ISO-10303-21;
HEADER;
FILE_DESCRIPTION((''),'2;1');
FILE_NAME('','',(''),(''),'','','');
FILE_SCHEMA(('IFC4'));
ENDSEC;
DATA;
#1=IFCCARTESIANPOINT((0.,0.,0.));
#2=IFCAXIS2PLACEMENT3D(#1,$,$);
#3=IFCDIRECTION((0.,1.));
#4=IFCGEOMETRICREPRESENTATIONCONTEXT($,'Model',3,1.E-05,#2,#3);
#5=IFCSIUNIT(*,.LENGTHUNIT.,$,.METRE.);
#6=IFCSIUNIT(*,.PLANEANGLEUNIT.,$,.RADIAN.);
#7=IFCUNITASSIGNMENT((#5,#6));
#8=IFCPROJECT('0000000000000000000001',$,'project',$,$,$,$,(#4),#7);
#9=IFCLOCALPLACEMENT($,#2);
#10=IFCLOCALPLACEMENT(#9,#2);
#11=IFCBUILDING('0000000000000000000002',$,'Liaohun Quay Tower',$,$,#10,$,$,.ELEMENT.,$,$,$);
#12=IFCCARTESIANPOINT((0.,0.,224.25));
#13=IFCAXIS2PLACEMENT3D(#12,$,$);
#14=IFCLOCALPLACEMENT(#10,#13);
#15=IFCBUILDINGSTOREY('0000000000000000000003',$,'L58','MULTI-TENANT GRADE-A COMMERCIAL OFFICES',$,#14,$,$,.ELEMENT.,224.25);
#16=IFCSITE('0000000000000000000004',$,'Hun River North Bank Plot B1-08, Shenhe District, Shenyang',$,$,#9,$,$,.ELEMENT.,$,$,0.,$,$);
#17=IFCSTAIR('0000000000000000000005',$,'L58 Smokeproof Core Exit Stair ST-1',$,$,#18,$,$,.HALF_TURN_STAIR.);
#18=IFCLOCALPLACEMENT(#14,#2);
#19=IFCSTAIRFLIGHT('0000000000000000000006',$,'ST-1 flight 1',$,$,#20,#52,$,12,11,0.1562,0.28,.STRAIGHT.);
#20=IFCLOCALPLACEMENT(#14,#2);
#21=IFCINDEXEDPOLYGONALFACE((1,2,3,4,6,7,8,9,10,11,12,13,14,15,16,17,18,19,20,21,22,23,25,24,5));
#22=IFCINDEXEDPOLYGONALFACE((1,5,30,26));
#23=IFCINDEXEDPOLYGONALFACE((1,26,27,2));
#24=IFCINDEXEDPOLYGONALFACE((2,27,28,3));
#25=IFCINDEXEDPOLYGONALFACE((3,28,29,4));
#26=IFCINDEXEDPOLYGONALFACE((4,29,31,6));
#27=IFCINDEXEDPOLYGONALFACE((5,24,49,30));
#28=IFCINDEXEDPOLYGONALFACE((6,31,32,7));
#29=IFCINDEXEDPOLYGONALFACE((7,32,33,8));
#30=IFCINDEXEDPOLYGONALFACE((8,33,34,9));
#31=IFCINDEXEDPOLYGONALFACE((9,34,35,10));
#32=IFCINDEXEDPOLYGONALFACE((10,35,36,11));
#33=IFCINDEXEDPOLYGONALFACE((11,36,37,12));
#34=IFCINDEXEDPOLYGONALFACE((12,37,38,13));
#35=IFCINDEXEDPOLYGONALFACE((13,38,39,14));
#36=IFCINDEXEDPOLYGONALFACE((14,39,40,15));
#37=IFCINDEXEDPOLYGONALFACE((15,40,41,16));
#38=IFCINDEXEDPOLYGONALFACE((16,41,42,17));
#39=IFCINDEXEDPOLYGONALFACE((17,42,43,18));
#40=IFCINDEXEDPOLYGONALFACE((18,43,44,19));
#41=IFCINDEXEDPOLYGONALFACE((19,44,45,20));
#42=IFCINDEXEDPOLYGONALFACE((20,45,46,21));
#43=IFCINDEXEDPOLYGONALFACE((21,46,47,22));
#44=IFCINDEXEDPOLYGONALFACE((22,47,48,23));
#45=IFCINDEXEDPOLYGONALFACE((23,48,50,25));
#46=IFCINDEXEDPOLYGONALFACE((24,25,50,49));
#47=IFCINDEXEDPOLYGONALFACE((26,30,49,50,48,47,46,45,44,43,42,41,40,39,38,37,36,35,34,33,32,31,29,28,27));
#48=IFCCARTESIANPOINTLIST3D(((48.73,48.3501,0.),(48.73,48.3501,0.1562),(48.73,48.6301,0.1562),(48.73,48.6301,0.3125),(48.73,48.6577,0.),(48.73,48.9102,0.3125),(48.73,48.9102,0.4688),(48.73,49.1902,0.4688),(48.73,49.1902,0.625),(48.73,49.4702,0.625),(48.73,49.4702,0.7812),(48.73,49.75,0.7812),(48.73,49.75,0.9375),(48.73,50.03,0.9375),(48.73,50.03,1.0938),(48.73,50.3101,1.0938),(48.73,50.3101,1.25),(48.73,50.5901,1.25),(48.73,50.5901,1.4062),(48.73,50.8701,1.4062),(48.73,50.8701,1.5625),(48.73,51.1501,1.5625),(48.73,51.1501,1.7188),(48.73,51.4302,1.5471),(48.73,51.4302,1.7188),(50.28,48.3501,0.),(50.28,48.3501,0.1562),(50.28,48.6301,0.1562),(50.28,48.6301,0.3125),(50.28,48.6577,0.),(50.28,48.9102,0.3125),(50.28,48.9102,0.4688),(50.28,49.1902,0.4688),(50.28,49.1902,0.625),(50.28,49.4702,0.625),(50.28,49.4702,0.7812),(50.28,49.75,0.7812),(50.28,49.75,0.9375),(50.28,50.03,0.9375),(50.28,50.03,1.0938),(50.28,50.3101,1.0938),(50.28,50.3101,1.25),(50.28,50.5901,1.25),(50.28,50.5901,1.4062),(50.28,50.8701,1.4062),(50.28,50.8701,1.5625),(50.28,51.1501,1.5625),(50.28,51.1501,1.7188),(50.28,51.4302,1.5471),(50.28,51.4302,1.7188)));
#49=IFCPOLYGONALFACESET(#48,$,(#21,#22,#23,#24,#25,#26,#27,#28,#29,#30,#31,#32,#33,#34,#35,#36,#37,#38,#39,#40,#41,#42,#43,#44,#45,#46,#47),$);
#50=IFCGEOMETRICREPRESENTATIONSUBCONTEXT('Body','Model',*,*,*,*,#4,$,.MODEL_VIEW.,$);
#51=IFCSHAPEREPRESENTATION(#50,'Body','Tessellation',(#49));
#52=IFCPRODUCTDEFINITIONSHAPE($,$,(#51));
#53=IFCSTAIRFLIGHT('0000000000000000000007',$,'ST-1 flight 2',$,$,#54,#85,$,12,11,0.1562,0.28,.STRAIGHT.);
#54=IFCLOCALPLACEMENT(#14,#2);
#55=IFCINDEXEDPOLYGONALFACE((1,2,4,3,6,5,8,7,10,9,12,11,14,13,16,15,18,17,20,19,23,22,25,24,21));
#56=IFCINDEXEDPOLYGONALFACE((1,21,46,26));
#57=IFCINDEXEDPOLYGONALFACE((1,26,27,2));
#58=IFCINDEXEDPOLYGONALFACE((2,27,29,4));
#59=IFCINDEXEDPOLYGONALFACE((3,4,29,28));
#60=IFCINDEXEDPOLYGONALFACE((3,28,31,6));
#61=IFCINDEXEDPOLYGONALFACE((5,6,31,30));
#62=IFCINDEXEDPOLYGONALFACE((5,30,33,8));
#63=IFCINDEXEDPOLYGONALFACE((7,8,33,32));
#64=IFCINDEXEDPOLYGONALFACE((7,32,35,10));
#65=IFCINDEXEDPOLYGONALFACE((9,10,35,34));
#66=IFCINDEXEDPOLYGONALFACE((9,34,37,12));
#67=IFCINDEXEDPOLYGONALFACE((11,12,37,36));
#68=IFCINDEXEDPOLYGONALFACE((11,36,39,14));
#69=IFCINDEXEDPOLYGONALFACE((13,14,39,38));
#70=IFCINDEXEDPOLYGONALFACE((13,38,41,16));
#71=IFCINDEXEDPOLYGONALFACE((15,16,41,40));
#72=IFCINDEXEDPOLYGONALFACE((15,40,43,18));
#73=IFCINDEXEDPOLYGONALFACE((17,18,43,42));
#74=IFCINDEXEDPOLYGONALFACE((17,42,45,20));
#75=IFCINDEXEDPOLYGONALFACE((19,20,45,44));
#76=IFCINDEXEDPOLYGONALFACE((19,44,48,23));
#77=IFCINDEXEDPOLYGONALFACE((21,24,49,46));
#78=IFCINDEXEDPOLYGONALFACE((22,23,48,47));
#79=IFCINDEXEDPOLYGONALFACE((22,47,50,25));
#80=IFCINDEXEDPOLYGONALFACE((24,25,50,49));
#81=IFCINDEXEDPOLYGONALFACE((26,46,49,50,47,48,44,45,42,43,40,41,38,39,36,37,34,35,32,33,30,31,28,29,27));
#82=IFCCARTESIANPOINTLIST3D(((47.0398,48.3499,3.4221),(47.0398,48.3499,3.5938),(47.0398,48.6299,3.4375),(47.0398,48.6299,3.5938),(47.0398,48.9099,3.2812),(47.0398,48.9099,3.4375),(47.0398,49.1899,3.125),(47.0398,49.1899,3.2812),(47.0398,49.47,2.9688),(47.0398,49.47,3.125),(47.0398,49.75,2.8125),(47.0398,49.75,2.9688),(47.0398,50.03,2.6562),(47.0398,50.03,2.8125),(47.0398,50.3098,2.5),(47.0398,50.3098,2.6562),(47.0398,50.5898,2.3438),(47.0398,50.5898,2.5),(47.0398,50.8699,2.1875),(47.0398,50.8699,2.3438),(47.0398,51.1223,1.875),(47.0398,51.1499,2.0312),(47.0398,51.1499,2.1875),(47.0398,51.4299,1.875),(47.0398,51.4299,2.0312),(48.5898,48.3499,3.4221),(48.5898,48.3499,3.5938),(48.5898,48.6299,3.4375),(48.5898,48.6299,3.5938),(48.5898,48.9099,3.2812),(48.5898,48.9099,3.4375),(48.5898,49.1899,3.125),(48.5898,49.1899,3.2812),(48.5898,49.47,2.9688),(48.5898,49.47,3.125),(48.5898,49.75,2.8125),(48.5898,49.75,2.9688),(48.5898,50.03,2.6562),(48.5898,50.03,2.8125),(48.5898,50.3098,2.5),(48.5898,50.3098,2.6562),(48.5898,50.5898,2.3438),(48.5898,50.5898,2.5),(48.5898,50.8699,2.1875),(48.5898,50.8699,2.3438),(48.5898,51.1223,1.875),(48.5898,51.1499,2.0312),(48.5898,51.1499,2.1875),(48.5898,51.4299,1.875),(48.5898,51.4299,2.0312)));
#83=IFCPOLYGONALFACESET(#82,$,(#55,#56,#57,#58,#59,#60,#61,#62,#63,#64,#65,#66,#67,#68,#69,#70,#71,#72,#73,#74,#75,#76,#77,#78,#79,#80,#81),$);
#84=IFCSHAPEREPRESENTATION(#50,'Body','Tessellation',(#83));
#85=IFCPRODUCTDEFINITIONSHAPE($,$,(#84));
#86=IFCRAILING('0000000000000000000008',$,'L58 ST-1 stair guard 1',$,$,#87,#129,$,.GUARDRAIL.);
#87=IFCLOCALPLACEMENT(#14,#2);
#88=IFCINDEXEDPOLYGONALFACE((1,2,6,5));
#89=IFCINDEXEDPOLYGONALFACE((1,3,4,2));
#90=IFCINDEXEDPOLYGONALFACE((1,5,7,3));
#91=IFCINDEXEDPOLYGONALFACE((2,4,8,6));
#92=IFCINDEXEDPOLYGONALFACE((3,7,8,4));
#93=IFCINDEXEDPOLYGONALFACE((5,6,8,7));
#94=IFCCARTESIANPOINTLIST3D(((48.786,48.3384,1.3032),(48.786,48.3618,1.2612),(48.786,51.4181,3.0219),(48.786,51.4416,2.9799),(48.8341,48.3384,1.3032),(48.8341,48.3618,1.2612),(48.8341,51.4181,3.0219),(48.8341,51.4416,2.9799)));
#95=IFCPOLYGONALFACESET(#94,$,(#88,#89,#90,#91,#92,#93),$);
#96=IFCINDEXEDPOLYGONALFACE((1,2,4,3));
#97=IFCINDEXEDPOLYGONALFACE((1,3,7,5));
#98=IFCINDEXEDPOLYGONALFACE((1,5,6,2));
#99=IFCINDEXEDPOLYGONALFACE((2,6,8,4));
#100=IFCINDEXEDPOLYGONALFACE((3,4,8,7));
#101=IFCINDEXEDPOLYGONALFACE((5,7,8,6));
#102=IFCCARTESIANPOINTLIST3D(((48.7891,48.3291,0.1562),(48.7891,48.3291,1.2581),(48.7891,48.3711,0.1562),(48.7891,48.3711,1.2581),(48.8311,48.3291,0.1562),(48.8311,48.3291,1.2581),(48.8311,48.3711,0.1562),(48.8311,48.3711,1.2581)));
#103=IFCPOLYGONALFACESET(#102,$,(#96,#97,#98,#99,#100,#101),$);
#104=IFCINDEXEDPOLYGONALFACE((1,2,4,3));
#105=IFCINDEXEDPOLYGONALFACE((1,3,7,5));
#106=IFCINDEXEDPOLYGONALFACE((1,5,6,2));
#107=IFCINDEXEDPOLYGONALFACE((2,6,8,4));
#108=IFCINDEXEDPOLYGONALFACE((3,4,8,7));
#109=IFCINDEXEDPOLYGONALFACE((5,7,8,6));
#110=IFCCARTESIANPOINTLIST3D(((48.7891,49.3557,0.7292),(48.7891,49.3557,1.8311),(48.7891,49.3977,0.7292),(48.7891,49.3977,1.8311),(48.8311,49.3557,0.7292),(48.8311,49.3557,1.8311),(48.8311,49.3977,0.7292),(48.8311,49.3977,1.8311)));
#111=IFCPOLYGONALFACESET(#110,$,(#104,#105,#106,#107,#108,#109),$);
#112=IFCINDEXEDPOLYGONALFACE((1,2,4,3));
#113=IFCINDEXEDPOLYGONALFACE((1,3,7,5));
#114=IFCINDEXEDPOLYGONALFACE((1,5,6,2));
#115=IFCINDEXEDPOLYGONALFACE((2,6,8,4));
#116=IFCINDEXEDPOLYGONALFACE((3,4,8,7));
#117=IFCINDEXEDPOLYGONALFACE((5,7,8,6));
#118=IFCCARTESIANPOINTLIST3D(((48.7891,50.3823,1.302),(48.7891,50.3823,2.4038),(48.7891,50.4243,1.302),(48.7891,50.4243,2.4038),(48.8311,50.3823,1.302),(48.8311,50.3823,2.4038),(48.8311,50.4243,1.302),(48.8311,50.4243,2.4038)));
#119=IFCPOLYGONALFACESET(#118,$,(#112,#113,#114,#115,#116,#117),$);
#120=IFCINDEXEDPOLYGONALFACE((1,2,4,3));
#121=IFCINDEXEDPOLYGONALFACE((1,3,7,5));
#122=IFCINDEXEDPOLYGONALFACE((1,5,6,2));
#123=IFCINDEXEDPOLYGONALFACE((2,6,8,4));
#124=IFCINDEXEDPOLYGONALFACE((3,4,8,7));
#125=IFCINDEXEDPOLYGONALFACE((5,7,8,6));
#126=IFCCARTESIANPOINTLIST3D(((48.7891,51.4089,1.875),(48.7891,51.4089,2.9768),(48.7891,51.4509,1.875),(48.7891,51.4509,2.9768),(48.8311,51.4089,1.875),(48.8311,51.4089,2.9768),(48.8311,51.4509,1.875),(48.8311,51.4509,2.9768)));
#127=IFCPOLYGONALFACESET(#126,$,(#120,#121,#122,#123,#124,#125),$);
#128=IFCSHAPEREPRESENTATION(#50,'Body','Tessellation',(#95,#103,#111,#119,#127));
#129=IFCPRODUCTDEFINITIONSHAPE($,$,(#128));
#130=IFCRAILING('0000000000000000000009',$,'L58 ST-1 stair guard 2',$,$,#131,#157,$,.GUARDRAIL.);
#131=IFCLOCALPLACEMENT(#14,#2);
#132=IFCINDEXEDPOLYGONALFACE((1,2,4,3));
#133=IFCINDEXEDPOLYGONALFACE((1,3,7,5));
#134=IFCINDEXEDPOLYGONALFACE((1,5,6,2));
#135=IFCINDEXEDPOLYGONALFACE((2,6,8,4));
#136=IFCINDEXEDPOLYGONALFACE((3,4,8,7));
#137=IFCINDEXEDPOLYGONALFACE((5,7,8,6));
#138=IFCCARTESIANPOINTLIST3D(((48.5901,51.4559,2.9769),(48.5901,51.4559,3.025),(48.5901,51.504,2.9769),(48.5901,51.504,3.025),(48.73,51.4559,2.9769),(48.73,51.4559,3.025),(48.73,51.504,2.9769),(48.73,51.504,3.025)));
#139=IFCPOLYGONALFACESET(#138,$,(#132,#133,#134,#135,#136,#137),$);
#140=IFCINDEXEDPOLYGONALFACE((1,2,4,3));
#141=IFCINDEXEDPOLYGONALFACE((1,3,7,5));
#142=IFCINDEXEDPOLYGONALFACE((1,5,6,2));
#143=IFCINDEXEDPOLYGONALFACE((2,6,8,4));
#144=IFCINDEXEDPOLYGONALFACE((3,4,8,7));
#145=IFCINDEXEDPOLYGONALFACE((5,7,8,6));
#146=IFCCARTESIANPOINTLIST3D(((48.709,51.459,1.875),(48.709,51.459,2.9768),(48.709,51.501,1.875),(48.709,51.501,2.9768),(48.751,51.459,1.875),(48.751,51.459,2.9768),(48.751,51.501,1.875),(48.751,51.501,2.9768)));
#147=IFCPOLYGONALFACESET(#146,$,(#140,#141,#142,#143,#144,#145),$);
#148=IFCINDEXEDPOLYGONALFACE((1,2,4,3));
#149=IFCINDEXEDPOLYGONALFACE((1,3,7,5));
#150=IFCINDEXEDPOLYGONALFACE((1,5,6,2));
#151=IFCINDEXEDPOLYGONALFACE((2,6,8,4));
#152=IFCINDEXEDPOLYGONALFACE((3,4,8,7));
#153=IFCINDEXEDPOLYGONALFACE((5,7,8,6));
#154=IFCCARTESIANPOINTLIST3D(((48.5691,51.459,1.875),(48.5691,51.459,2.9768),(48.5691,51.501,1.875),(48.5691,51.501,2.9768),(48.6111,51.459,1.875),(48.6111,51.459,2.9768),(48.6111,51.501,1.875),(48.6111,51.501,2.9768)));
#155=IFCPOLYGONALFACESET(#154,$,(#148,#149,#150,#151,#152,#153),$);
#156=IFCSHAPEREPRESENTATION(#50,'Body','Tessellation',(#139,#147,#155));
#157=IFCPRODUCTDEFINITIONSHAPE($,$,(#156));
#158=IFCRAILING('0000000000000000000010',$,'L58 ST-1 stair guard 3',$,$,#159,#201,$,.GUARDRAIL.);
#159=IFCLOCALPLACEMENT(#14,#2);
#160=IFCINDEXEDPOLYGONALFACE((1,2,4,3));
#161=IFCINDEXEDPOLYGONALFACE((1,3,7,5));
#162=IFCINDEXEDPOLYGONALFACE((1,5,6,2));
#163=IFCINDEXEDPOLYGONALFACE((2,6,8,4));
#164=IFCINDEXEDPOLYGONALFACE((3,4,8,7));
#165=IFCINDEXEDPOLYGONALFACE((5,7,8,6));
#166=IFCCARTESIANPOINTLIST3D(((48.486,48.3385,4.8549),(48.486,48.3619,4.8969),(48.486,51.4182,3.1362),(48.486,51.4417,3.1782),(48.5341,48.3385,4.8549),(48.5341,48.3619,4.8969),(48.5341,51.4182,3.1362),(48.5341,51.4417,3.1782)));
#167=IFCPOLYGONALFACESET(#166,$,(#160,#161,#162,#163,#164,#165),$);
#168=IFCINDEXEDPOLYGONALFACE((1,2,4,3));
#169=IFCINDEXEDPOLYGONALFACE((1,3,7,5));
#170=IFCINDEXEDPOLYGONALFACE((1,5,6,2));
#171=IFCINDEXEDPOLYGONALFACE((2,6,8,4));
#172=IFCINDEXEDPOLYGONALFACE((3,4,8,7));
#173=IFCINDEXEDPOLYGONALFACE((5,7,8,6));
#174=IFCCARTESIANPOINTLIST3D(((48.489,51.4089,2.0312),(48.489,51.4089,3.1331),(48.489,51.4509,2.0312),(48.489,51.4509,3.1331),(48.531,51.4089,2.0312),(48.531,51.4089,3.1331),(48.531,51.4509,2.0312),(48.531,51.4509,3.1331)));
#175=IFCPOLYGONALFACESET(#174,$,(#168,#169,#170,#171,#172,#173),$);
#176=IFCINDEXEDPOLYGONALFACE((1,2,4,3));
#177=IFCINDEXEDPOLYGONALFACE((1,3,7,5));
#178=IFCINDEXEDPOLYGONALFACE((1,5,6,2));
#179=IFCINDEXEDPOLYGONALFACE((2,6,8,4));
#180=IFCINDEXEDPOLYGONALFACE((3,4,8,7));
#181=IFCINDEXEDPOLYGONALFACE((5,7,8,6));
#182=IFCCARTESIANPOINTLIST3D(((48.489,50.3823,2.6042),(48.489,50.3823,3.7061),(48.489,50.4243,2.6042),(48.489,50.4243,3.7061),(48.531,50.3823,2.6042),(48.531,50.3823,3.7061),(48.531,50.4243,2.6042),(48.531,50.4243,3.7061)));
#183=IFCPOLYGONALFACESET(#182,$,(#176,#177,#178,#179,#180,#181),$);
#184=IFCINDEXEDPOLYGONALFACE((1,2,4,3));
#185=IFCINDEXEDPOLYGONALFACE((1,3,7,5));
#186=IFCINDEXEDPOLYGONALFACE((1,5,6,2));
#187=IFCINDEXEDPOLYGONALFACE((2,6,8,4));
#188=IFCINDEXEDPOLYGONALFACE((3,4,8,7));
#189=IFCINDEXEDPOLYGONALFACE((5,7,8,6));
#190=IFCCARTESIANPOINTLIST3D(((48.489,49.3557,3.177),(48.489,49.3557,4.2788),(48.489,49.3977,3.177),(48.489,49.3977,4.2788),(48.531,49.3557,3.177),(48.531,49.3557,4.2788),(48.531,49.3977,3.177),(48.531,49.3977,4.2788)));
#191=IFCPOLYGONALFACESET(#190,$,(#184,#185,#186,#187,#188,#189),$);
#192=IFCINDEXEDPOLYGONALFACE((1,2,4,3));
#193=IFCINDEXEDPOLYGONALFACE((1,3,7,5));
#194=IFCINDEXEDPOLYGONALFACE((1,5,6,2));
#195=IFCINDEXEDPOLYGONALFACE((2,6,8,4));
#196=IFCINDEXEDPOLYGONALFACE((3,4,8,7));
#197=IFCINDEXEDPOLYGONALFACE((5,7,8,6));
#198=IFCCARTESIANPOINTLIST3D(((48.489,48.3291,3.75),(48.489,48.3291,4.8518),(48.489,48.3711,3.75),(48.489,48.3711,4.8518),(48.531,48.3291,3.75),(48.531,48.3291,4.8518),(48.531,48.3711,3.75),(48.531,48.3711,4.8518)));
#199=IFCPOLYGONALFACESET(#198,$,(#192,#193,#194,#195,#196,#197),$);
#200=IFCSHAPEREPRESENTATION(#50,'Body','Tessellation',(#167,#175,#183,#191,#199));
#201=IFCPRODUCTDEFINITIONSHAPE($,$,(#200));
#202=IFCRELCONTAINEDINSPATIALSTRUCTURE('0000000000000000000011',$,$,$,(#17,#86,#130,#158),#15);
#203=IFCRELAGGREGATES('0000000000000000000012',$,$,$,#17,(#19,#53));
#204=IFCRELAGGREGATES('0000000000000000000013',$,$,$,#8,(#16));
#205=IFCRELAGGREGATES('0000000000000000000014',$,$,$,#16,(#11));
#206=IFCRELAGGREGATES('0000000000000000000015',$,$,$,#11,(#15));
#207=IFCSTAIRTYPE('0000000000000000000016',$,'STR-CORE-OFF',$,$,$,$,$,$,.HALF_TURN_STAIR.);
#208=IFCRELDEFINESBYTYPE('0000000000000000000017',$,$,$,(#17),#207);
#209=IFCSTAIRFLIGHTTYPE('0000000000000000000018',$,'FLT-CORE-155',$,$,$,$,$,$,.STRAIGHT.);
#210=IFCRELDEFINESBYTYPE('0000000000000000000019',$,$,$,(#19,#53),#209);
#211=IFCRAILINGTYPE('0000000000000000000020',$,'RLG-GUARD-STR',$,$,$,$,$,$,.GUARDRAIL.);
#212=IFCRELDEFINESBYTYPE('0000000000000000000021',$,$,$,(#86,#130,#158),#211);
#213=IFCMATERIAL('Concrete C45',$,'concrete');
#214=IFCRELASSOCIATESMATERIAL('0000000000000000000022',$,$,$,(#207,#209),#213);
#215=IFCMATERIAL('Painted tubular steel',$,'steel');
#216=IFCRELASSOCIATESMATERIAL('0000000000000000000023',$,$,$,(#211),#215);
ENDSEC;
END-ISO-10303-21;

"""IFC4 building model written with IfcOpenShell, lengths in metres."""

from ifc_helpers import new_model, si_unit, direction, frame, origin, origin_2d, place, context, subcontext, project, spatial, polyline, rectangle, outline, extrude, material, type_object, element, aggregate, save


model = new_model("IFC4")

# Units and contexts
model_context = context("Model", 3, precision=1e-05, world=origin(), true_north=direction((0.0, 1.0)))
body_context = subcontext(model_context, "Body", "Model", "MODEL_VIEW")
ifc_project = project(units=[si_unit("LENGTHUNIT", "METRE"), si_unit("PLANEANGLEUNIT", "RADIAN")], contexts=[model_context])

# Site, building, storey
site_placement = place(None, origin())
site = spatial("IfcSite", under=ifc_project, at=site_placement, Name="Hun River North Bank Plot B1-08, Shenhe District, Shenyang", CompositionType="ELEMENT", RefElevation=0.0)
building_placement = place(site_placement, origin())
building = spatial("IfcBuilding", under=site, at=building_placement, Name="Liaohun Quay Tower", CompositionType="ELEMENT")
storey_placement = place(building_placement, frame((0.0, 0.0, 224.25)))
storey = spatial("IfcBuildingStorey", under=building, at=storey_placement, Name="L58", Description="MULTI-TENANT GRADE-A COMMERCIAL OFFICES", CompositionType="ELEMENT", Elevation=224.25)

# Stair
ifc_material_1 = material(Name="Concrete C45", Category="concrete")
stair_type = type_object("IfcStairType", Name="STR-CORE-OFF", PredefinedType="HALF_TURN_STAIR", material=ifc_material_1)
stair_1_placement = place(storey_placement, origin())
stair_1 = element("IfcStair", 1, at=stair_1_placement, inside=storey, type_object=stair_type, Name="L58 Smokeproof Core Exit Stair ST-1", PredefinedType="HALF_TURN_STAIR")

# Stair flights
stair_flight_type = type_object("IfcStairFlightType", Name="FLT-CORE-155", PredefinedType="STRAIGHT", material=ifc_material_1)
stair_flight_1_placement = place(storey_placement, frame((49.5049, 48.3501, 0.0), z_axis=(0.0, 0.0, 1.0), x_axis=(0.0, 1.0, 0.0)))
stair_flight_1 = element("IfcStairFlight", 2, at=stair_flight_1_placement, type_object=stair_flight_type, Name="ST-1 flight 1", NumberOfRisers=12, NumberOfTreads=11, PredefinedType="STRAIGHT", RiserHeight=0.1562, TreadLength=0.28, context=body_context, shape_type="SweptSolid", body=[
    extrude(outline(polyline([(0.0, 0.0), (0.0, 0.1562), (0.28, 0.1562), (0.28, 0.3125), (0.5601, 0.3125), (0.5601, 0.4688), (0.8401, 0.4688), (0.8401, 0.625), (1.1201, 0.625), (1.1201, 0.7812), (1.3999, 0.7812), (1.3999, 0.9375), (1.6799, 0.9375), (1.6799, 1.0938), (1.96, 1.0938), (1.96, 1.25), (2.24, 1.25), (2.24, 1.4062), (2.52, 1.4062), (2.52, 1.5625), (2.8, 1.5625), (2.8, 1.7188), (3.0801, 1.7188), (3.0801, 1.875), (3.0801, 1.5471), (0.3076, 0.0), (0.0, 0.0)])), frame((0.0, 0.7749, 0.0), z_axis=(0.0, -1.0, 0.0), x_axis=(1.0, 0.0, 0.0)), (0.0, 0.0, 1.0), 1.55),
])
stair_flight_2_placement = place(storey_placement, frame((47.8149, 51.4299, 1.875), z_axis=(0.0, 0.0, 1.0), x_axis=(0.0, -1.0, 0.0)))
stair_flight_2 = element("IfcStairFlight", 3, at=stair_flight_2_placement, type_object=stair_flight_type, Name="ST-1 flight 2", NumberOfRisers=12, NumberOfTreads=11, PredefinedType="STRAIGHT", RiserHeight=0.1562, TreadLength=0.28, context=body_context, shape_type="SweptSolid", body=[
    extrude(outline(polyline([(0.0, 0.0), (0.0, 0.1562), (0.28, 0.1562), (0.28, 0.3125), (0.5601, 0.3125), (0.5601, 0.4688), (0.8401, 0.4688), (0.8401, 0.625), (1.1201, 0.625), (1.1201, 0.7812), (1.3999, 0.7812), (1.3999, 0.9375), (1.6799, 0.9375), (1.6799, 1.0938), (1.96, 1.0938), (1.96, 1.25), (2.24, 1.25), (2.24, 1.4062), (2.52, 1.4062), (2.52, 1.5625), (2.8, 1.5625), (2.8, 1.7188), (3.0801, 1.7188), (3.0801, 1.875), (3.0801, 1.5471), (0.3076, 0.0), (0.0, 0.0)])), frame((0.0, 0.7749, 0.0), z_axis=(0.0, -1.0, 0.0), x_axis=(1.0, 0.0, 0.0)), (0.0, 0.0, 1.0), 1.55),
])
aggregate(stair_1, [stair_flight_1, stair_flight_2])

# Railings
ifc_material_2 = material(Name="Painted tubular steel", Category="steel")
railing_type_1 = type_object("IfcRailingType", Name="RLG-GUARD-STR", PredefinedType="GUARDRAIL", material=ifc_material_2)
railing_1_placement = place(storey_placement, frame((48.8101, 48.3501, 0.1562)))
element("IfcRailing", 4, at=railing_1_placement, inside=storey, type_object=railing_type_1, Name="L58 ST-1 stair guard 1", PredefinedType="GUARDRAIL", context=body_context, shape_type="SweptSolid", body=[
    extrude(rectangle(XDim=0.0481, YDim=0.0481, at=origin_2d()), frame((0.0, 0.0, 1.126), z_axis=(0.0, 0.873225, 0.487317), x_axis=(-1.0, 0.0, 0.0)), (0.0, 0.0, 1.0), 3.5269),
    extrude(rectangle(XDim=0.042, YDim=0.042, at=origin_2d()), origin(), (0.0, 0.0, 1.0), 1.1018),
    extrude(rectangle(XDim=0.042, YDim=0.042, at=origin_2d()), frame((0.0, 1.0266, 0.573)), (0.0, 0.0, 1.0), 1.1018),
    extrude(rectangle(XDim=0.042, YDim=0.042, at=origin_2d()), frame((0.0, 2.0532, 1.1458)), (0.0, 0.0, 1.0), 1.1018),
    extrude(rectangle(XDim=0.042, YDim=0.042, at=origin_2d()), frame((0.0, 3.0798, 1.7188)), (0.0, 0.0, 1.0), 1.1018),
])
railing_2_placement = place(storey_placement, frame((48.73, 51.48, 1.875)))
element("IfcRailing", 5, at=railing_2_placement, inside=storey, type_object=railing_type_1, Name="L58 ST-1 stair guard 2", PredefinedType="GUARDRAIL", context=body_context, shape_type="SweptSolid", body=[
    extrude(rectangle(XDim=0.0481, YDim=0.0481, at=origin_2d()), frame((0.0, 0.0, 1.126), z_axis=(-1.0, 0.0, 0.0), x_axis=(0.0, -1.0, 0.0)), (0.0, 0.0, 1.0), 0.1399),
    extrude(rectangle(XDim=0.042, YDim=0.042, at=origin_2d()), origin(), (0.0, 0.0, 1.0), 1.1018),
    extrude(rectangle(XDim=0.042, YDim=0.042, at=origin_2d()), frame((-0.1399, 0.0, 0.0)), (0.0, 0.0, 1.0), 1.1018),
])
railing_3_placement = place(storey_placement, frame((48.51, 51.4299, 2.0312)))
element("IfcRailing", 6, at=railing_3_placement, inside=storey, type_object=railing_type_1, Name="L58 ST-1 stair guard 3", PredefinedType="GUARDRAIL", context=body_context, shape_type="SweptSolid", body=[
    extrude(rectangle(XDim=0.0481, YDim=0.0481, at=origin_2d()), frame((0.0, 0.0, 1.126), z_axis=(0.0, -0.873225, 0.487317), x_axis=(1.0, 0.0, 0.0)), (0.0, 0.0, 1.0), 3.5269),
    extrude(rectangle(XDim=0.042, YDim=0.042, at=origin_2d()), origin(), (0.0, 0.0, 1.0), 1.1018),
    extrude(rectangle(XDim=0.042, YDim=0.042, at=origin_2d()), frame((0.0, -1.0266, 0.573)), (0.0, 0.0, 1.0), 1.1018),
    extrude(rectangle(XDim=0.042, YDim=0.042, at=origin_2d()), frame((0.0, -2.0532, 1.1458)), (0.0, 0.0, 1.0), 1.1018),
    extrude(rectangle(XDim=0.042, YDim=0.042, at=origin_2d()), frame((0.0, -3.0798, 1.7188)), (0.0, 0.0, 1.0), 1.1018),
])

save(model, "model.ifc")
